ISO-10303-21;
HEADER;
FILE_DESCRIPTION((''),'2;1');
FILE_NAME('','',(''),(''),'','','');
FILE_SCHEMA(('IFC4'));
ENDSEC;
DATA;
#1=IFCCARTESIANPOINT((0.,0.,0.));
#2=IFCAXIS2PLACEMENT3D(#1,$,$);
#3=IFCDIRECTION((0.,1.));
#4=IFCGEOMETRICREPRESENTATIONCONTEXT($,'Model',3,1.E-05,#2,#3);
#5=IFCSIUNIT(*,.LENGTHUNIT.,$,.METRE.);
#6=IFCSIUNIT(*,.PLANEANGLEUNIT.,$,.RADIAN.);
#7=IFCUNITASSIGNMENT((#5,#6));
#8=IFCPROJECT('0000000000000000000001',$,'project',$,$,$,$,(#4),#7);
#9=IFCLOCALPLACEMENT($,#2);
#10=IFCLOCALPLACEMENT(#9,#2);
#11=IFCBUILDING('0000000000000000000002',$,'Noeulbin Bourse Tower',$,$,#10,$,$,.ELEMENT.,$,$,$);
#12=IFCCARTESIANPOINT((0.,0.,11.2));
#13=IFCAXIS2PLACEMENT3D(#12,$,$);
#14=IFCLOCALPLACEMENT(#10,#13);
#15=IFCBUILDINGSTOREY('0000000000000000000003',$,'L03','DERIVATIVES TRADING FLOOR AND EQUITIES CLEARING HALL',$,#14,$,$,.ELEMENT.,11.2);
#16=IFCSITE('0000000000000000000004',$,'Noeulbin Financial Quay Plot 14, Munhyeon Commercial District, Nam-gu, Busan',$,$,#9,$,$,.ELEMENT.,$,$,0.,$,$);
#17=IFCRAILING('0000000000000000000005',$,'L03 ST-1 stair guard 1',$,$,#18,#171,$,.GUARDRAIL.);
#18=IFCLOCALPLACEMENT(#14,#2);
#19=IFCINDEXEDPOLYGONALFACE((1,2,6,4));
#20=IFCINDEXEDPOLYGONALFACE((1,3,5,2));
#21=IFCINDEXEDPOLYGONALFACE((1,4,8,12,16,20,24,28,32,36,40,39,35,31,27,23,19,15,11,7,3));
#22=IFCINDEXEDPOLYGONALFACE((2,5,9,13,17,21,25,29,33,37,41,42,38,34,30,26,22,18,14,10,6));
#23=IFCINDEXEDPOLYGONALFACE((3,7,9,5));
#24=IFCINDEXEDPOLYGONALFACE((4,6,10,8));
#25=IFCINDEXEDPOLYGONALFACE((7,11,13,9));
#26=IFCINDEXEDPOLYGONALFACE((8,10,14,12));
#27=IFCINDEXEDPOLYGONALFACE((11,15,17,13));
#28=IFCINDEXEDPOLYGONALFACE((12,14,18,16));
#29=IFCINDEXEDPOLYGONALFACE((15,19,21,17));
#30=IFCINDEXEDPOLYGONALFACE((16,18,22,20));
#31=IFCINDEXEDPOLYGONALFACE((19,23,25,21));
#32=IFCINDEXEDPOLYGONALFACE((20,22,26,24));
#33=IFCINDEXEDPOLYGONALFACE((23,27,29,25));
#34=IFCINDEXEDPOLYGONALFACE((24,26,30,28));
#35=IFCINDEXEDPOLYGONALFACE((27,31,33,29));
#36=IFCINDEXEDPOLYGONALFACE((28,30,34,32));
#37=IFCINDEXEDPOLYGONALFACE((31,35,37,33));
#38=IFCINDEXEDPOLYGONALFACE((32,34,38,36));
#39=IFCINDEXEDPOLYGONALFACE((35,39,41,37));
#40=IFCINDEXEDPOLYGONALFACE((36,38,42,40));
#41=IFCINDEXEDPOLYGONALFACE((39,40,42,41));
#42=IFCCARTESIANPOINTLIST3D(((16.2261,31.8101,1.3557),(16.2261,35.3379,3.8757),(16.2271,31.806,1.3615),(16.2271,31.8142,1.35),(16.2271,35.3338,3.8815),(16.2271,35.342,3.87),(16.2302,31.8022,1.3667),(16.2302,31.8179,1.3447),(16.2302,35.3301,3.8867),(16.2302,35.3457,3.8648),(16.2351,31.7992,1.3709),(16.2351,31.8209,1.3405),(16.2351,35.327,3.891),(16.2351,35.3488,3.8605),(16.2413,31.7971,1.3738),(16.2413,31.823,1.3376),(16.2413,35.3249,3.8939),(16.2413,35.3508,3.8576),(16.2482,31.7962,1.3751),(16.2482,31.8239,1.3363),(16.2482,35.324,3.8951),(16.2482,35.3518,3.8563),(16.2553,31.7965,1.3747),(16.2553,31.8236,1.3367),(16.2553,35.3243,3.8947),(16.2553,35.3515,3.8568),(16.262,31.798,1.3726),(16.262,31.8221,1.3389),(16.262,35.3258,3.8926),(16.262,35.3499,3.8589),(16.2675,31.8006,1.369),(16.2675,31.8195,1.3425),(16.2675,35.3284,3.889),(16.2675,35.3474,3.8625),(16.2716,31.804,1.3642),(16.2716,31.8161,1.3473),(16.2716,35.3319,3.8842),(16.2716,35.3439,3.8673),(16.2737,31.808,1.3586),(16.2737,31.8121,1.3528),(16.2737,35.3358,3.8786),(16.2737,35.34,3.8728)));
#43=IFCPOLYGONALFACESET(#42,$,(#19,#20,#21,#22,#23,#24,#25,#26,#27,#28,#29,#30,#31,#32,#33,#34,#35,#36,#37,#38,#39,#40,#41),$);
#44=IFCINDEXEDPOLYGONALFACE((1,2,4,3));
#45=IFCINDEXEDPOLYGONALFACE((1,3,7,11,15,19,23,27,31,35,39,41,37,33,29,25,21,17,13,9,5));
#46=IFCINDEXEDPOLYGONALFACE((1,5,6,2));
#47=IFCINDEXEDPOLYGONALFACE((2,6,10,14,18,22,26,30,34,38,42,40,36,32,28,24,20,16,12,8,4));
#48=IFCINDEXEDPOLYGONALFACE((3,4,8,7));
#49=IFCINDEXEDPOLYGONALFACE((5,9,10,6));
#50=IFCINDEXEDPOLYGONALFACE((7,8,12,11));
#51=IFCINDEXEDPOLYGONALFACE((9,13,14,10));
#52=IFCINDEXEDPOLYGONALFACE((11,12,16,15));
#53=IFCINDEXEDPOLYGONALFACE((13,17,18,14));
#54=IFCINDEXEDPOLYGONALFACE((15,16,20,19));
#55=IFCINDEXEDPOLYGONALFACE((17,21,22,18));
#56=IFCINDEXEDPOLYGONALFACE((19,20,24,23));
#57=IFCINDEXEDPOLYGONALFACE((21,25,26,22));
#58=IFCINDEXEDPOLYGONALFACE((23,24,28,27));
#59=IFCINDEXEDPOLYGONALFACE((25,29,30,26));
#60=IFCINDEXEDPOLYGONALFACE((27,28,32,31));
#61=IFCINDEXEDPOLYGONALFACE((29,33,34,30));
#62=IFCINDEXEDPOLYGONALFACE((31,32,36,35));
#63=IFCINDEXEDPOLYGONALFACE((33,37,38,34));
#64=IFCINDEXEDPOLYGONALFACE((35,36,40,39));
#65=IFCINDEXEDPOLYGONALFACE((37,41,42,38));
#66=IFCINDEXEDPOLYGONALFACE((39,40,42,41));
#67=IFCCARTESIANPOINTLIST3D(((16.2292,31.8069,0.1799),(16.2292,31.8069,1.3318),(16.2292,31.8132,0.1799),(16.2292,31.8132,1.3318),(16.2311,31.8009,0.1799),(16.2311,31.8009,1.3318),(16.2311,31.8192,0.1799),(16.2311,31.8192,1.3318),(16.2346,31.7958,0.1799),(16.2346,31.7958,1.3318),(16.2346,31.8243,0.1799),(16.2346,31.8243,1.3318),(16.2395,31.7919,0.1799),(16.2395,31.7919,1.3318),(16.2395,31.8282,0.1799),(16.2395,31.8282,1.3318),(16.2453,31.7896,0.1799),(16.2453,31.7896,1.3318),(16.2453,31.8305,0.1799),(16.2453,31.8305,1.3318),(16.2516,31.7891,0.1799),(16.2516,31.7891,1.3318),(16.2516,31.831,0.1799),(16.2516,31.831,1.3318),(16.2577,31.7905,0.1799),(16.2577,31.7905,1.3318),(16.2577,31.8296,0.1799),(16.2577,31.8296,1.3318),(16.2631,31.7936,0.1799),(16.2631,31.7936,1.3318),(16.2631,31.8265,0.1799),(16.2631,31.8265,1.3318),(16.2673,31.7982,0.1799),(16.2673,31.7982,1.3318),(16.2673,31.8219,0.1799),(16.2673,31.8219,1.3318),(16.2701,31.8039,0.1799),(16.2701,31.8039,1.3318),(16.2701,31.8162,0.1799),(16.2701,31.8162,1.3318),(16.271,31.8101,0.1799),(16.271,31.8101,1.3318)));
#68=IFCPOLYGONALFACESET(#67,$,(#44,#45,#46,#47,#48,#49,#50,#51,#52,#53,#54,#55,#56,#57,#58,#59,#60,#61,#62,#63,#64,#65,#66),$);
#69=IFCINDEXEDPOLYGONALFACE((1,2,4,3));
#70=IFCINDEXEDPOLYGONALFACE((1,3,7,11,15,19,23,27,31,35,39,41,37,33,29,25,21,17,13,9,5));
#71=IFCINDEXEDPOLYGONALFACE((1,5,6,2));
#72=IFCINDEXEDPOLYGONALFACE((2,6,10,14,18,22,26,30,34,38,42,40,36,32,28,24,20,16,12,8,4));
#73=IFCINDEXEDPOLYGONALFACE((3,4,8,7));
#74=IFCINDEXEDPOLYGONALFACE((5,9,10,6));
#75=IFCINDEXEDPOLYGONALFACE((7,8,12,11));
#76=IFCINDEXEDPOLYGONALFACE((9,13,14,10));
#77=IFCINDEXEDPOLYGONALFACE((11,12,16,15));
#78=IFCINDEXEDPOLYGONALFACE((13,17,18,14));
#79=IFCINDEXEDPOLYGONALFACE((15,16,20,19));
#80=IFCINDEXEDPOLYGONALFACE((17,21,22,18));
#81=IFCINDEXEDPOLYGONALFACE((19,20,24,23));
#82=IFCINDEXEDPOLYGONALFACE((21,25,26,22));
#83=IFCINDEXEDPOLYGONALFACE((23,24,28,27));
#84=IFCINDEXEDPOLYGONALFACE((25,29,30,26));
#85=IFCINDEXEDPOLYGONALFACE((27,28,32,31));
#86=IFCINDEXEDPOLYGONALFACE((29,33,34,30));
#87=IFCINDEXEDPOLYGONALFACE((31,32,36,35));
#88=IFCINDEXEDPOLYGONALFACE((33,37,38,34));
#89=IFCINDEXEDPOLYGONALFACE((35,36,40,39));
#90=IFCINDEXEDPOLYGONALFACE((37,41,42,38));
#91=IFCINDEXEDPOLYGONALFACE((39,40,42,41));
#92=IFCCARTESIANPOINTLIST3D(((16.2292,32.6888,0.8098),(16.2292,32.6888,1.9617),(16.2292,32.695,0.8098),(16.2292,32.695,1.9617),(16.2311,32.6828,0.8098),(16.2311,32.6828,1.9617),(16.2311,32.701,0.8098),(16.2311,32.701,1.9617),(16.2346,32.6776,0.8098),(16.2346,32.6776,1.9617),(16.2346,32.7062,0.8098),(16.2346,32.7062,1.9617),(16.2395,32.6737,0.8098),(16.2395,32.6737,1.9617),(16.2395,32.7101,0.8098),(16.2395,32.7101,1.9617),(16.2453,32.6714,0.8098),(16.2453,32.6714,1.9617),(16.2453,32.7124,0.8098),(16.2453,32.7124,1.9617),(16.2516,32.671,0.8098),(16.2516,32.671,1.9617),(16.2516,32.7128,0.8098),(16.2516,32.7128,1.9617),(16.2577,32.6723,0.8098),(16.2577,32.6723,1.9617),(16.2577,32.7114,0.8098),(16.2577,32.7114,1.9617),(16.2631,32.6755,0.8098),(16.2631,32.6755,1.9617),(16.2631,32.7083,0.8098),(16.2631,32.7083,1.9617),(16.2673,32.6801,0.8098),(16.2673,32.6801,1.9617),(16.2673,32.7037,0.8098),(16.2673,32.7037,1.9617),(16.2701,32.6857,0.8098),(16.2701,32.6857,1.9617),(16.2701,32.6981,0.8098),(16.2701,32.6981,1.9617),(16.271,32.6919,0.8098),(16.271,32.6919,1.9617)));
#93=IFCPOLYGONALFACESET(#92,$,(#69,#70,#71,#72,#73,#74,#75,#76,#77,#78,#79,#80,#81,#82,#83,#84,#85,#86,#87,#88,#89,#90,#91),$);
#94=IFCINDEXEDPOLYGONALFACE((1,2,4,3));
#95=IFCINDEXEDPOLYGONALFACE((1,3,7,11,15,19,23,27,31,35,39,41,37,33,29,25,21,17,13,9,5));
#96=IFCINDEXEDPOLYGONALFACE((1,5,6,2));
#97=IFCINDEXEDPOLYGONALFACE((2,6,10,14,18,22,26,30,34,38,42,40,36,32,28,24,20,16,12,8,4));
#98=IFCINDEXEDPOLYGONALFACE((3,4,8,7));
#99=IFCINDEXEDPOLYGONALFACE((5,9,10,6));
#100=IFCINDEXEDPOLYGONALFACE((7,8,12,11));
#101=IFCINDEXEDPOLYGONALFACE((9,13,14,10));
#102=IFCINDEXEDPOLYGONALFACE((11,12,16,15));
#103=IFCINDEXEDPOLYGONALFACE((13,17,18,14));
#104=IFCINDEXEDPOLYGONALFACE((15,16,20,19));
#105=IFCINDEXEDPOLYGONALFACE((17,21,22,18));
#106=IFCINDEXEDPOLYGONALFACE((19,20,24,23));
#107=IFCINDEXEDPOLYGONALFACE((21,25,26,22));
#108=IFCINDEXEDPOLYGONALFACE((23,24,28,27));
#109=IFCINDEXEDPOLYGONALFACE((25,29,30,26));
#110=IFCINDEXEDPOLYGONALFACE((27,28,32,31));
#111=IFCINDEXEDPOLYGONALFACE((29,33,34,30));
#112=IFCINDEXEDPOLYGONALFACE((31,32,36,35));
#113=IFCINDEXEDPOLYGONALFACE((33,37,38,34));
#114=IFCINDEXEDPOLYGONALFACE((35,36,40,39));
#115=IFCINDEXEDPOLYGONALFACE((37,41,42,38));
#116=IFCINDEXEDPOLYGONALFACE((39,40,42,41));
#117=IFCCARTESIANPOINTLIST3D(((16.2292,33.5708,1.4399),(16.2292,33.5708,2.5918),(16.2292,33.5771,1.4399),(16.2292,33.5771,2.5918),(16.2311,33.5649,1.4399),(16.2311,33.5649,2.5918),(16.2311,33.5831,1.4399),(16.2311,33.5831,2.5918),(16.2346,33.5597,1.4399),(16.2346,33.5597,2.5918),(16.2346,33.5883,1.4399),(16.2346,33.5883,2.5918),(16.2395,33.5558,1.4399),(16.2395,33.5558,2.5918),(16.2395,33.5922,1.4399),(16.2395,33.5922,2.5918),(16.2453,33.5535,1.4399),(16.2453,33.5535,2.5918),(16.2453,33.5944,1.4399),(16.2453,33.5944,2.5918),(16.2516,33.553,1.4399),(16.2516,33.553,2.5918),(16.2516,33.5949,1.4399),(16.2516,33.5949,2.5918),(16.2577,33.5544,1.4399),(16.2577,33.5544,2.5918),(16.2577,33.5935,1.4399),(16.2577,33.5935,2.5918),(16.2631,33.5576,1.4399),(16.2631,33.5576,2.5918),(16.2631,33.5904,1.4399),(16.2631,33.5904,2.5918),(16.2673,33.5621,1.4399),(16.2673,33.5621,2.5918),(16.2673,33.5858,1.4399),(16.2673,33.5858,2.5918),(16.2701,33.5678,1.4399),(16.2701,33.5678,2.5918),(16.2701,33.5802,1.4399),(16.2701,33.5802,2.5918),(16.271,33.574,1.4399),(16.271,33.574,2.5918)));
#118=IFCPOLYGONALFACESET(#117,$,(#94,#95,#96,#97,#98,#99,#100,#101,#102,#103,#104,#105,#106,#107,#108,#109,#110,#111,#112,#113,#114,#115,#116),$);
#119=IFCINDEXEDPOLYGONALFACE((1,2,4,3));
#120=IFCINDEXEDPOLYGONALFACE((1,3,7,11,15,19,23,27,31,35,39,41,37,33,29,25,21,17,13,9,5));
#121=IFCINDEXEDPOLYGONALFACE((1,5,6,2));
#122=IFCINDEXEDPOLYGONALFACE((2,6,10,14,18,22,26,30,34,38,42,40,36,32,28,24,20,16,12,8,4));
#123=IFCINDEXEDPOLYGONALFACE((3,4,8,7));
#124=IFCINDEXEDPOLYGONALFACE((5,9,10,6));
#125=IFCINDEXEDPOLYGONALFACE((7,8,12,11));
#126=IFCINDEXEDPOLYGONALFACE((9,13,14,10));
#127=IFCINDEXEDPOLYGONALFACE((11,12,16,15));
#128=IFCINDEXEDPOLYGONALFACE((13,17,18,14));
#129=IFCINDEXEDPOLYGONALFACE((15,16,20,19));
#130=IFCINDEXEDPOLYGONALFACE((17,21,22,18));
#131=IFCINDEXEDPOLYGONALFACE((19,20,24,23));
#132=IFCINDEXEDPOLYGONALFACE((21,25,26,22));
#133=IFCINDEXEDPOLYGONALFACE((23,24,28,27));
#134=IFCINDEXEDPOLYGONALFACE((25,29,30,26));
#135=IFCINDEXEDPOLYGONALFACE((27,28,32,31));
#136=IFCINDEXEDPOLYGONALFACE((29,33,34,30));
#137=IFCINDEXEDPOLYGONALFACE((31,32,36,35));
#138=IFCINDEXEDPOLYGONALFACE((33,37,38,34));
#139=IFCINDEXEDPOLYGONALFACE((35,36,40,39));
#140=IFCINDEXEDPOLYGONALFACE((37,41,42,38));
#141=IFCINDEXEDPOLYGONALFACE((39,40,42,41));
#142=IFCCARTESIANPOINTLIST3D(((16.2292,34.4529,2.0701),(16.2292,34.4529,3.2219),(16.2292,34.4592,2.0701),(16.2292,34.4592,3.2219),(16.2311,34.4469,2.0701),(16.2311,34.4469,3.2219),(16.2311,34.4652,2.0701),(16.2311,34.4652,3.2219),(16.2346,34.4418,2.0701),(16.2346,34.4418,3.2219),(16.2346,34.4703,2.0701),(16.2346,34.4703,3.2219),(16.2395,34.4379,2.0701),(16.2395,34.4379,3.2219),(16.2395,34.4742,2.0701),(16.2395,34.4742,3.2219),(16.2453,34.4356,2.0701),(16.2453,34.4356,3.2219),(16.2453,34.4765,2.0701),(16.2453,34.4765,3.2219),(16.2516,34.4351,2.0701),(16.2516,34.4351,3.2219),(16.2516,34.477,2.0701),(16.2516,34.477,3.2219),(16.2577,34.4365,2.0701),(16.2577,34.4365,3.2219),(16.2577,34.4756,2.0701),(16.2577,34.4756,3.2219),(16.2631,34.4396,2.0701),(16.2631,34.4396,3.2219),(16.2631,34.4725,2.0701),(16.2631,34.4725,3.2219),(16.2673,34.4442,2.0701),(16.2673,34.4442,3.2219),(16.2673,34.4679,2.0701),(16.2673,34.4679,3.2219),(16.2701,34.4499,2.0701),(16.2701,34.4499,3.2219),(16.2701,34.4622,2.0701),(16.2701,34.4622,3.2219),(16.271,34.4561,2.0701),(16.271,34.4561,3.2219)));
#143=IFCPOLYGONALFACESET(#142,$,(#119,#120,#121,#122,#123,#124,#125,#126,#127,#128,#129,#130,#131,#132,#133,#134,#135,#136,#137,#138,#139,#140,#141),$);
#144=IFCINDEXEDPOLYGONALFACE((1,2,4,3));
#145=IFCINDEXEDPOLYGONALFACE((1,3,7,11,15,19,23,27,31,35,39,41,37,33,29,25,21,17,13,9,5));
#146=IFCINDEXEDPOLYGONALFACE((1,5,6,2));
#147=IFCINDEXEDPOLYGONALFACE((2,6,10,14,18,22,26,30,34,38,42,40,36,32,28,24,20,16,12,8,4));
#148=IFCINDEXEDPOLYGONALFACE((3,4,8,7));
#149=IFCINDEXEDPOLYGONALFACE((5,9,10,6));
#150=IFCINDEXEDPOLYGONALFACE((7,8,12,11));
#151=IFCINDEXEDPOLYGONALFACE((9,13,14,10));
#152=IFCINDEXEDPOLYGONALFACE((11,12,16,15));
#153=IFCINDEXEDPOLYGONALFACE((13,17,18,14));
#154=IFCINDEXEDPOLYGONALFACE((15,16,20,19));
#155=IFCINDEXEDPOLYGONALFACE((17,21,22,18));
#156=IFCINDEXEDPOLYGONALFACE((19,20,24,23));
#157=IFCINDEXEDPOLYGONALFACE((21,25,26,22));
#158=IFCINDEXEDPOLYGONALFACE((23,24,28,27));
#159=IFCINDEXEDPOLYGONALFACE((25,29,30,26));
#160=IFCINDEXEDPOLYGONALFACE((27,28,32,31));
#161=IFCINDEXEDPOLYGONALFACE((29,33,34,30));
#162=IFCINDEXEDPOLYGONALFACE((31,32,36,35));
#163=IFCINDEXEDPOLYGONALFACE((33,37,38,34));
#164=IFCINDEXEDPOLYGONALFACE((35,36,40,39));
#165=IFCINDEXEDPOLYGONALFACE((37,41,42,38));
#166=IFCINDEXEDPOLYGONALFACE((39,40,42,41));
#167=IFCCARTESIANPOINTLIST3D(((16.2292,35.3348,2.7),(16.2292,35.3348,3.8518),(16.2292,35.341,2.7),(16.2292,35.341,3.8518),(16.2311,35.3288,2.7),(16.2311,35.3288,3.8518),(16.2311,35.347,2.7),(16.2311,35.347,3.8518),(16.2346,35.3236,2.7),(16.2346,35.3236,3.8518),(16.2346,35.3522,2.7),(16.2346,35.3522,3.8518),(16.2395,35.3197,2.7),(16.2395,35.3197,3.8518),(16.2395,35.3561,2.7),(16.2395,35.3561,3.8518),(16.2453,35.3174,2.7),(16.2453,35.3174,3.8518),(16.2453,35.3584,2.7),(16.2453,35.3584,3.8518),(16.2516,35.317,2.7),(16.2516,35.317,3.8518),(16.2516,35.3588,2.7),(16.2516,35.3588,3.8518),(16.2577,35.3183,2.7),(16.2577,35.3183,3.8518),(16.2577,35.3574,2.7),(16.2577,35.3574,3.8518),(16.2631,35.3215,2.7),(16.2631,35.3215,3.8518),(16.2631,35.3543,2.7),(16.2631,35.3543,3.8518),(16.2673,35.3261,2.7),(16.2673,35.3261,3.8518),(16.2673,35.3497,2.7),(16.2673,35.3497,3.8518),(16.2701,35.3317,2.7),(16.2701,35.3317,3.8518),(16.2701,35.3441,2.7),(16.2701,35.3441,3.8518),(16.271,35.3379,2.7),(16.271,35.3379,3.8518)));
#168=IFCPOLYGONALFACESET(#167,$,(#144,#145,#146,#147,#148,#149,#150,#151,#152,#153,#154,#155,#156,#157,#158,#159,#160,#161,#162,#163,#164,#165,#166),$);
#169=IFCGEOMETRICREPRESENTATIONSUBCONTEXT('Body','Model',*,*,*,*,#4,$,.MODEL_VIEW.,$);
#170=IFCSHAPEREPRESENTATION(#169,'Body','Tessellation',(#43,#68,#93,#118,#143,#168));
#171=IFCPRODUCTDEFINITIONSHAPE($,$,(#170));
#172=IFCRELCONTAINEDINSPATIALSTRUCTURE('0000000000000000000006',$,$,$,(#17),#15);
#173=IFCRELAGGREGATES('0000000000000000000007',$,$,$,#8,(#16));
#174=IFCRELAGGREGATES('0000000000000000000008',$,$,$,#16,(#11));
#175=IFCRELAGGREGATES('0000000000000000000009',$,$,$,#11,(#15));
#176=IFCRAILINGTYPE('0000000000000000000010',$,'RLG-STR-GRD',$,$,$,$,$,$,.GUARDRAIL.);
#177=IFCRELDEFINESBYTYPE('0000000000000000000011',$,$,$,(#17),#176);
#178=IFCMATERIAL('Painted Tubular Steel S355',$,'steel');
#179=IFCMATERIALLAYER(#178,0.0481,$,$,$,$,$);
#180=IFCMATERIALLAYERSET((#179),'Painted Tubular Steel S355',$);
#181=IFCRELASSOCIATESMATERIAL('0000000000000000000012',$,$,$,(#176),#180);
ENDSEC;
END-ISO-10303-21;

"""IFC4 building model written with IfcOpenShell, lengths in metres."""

from ifc_helpers import new_model, si_unit, direction, frame, origin, origin_2d, place, context, subcontext, project, spatial, circle, extrude, material, layer, layer_set, type_object, element, save


model = new_model("IFC4")

# Units and contexts
model_context = context("Model", 3, precision=1e-05, world=origin(), true_north=direction((0.0, 1.0)))
body_context = subcontext(model_context, "Body", "Model", "MODEL_VIEW")
ifc_project = project(units=[si_unit("LENGTHUNIT", "METRE"), si_unit("PLANEANGLEUNIT", "RADIAN")], contexts=[model_context])

# Site, building, storey
site_placement = place(None, origin())
site = spatial("IfcSite", under=ifc_project, at=site_placement, Name="Noeulbin Financial Quay Plot 14, Munhyeon Commercial District, Nam-gu, Busan", CompositionType="ELEMENT", RefElevation=0.0)
building_placement = place(site_placement, origin())
building = spatial("IfcBuilding", under=site, at=building_placement, Name="Noeulbin Bourse Tower", CompositionType="ELEMENT")
storey_placement = place(building_placement, frame((0.0, 0.0, 11.2)))
storey = spatial("IfcBuildingStorey", under=building, at=storey_placement, Name="L03", Description="DERIVATIVES TRADING FLOOR AND EQUITIES CLEARING HALL", CompositionType="ELEMENT", Elevation=11.2)

# Railing
ifc_material_1 = material(Name="Painted Tubular Steel S355", Category="steel")
ifc_layer_1 = layer(ifc_material_1, 0.0481)
ifc_layer_set_1 = layer_set([ifc_layer_1], Name="Painted Tubular Steel S355")
railing_type_1 = type_object("IfcRailingType", Name="RLG-STR-GRD", PredefinedType="GUARDRAIL", material=ifc_layer_set_1)
railing_1_placement = place(storey_placement, frame((16.25, 31.8101, 0.1799)))
element("IfcRailing", 1, at=railing_1_placement, inside=storey, type_object=railing_type_1, Name="L03 ST-1 stair guard 1", PredefinedType="GUARDRAIL", context=body_context, shape_type="SweptSolid", body=[
    extrude(circle(Radius=0.0239, at=origin_2d()), frame((0.0, 0.0, 1.1758), z_axis=(0.0, 0.813718, 0.58126), x_axis=(-1.0, 0.0, 0.0)), (0.0, 0.0, 1.0), 4.3354),
    extrude(circle(Radius=0.021, at=origin_2d()), origin(), (0.0, 0.0, 1.0), 1.1519),
    extrude(circle(Radius=0.021, at=origin_2d()), frame((0.0, 0.8818, 0.6299)), (0.0, 0.0, 1.0), 1.1519),
    extrude(circle(Radius=0.021, at=origin_2d()), frame((0.0, 1.7639, 1.26)), (0.0, 0.0, 1.0), 1.1519),
    extrude(circle(Radius=0.021, at=origin_2d()), frame((0.0, 2.646, 1.8901)), (0.0, 0.0, 1.0), 1.1519),
    extrude(circle(Radius=0.021, at=origin_2d()), frame((0.0, 3.5278, 2.52)), (0.0, 0.0, 1.0), 1.1519),
])

save(model, "model.ifc")
